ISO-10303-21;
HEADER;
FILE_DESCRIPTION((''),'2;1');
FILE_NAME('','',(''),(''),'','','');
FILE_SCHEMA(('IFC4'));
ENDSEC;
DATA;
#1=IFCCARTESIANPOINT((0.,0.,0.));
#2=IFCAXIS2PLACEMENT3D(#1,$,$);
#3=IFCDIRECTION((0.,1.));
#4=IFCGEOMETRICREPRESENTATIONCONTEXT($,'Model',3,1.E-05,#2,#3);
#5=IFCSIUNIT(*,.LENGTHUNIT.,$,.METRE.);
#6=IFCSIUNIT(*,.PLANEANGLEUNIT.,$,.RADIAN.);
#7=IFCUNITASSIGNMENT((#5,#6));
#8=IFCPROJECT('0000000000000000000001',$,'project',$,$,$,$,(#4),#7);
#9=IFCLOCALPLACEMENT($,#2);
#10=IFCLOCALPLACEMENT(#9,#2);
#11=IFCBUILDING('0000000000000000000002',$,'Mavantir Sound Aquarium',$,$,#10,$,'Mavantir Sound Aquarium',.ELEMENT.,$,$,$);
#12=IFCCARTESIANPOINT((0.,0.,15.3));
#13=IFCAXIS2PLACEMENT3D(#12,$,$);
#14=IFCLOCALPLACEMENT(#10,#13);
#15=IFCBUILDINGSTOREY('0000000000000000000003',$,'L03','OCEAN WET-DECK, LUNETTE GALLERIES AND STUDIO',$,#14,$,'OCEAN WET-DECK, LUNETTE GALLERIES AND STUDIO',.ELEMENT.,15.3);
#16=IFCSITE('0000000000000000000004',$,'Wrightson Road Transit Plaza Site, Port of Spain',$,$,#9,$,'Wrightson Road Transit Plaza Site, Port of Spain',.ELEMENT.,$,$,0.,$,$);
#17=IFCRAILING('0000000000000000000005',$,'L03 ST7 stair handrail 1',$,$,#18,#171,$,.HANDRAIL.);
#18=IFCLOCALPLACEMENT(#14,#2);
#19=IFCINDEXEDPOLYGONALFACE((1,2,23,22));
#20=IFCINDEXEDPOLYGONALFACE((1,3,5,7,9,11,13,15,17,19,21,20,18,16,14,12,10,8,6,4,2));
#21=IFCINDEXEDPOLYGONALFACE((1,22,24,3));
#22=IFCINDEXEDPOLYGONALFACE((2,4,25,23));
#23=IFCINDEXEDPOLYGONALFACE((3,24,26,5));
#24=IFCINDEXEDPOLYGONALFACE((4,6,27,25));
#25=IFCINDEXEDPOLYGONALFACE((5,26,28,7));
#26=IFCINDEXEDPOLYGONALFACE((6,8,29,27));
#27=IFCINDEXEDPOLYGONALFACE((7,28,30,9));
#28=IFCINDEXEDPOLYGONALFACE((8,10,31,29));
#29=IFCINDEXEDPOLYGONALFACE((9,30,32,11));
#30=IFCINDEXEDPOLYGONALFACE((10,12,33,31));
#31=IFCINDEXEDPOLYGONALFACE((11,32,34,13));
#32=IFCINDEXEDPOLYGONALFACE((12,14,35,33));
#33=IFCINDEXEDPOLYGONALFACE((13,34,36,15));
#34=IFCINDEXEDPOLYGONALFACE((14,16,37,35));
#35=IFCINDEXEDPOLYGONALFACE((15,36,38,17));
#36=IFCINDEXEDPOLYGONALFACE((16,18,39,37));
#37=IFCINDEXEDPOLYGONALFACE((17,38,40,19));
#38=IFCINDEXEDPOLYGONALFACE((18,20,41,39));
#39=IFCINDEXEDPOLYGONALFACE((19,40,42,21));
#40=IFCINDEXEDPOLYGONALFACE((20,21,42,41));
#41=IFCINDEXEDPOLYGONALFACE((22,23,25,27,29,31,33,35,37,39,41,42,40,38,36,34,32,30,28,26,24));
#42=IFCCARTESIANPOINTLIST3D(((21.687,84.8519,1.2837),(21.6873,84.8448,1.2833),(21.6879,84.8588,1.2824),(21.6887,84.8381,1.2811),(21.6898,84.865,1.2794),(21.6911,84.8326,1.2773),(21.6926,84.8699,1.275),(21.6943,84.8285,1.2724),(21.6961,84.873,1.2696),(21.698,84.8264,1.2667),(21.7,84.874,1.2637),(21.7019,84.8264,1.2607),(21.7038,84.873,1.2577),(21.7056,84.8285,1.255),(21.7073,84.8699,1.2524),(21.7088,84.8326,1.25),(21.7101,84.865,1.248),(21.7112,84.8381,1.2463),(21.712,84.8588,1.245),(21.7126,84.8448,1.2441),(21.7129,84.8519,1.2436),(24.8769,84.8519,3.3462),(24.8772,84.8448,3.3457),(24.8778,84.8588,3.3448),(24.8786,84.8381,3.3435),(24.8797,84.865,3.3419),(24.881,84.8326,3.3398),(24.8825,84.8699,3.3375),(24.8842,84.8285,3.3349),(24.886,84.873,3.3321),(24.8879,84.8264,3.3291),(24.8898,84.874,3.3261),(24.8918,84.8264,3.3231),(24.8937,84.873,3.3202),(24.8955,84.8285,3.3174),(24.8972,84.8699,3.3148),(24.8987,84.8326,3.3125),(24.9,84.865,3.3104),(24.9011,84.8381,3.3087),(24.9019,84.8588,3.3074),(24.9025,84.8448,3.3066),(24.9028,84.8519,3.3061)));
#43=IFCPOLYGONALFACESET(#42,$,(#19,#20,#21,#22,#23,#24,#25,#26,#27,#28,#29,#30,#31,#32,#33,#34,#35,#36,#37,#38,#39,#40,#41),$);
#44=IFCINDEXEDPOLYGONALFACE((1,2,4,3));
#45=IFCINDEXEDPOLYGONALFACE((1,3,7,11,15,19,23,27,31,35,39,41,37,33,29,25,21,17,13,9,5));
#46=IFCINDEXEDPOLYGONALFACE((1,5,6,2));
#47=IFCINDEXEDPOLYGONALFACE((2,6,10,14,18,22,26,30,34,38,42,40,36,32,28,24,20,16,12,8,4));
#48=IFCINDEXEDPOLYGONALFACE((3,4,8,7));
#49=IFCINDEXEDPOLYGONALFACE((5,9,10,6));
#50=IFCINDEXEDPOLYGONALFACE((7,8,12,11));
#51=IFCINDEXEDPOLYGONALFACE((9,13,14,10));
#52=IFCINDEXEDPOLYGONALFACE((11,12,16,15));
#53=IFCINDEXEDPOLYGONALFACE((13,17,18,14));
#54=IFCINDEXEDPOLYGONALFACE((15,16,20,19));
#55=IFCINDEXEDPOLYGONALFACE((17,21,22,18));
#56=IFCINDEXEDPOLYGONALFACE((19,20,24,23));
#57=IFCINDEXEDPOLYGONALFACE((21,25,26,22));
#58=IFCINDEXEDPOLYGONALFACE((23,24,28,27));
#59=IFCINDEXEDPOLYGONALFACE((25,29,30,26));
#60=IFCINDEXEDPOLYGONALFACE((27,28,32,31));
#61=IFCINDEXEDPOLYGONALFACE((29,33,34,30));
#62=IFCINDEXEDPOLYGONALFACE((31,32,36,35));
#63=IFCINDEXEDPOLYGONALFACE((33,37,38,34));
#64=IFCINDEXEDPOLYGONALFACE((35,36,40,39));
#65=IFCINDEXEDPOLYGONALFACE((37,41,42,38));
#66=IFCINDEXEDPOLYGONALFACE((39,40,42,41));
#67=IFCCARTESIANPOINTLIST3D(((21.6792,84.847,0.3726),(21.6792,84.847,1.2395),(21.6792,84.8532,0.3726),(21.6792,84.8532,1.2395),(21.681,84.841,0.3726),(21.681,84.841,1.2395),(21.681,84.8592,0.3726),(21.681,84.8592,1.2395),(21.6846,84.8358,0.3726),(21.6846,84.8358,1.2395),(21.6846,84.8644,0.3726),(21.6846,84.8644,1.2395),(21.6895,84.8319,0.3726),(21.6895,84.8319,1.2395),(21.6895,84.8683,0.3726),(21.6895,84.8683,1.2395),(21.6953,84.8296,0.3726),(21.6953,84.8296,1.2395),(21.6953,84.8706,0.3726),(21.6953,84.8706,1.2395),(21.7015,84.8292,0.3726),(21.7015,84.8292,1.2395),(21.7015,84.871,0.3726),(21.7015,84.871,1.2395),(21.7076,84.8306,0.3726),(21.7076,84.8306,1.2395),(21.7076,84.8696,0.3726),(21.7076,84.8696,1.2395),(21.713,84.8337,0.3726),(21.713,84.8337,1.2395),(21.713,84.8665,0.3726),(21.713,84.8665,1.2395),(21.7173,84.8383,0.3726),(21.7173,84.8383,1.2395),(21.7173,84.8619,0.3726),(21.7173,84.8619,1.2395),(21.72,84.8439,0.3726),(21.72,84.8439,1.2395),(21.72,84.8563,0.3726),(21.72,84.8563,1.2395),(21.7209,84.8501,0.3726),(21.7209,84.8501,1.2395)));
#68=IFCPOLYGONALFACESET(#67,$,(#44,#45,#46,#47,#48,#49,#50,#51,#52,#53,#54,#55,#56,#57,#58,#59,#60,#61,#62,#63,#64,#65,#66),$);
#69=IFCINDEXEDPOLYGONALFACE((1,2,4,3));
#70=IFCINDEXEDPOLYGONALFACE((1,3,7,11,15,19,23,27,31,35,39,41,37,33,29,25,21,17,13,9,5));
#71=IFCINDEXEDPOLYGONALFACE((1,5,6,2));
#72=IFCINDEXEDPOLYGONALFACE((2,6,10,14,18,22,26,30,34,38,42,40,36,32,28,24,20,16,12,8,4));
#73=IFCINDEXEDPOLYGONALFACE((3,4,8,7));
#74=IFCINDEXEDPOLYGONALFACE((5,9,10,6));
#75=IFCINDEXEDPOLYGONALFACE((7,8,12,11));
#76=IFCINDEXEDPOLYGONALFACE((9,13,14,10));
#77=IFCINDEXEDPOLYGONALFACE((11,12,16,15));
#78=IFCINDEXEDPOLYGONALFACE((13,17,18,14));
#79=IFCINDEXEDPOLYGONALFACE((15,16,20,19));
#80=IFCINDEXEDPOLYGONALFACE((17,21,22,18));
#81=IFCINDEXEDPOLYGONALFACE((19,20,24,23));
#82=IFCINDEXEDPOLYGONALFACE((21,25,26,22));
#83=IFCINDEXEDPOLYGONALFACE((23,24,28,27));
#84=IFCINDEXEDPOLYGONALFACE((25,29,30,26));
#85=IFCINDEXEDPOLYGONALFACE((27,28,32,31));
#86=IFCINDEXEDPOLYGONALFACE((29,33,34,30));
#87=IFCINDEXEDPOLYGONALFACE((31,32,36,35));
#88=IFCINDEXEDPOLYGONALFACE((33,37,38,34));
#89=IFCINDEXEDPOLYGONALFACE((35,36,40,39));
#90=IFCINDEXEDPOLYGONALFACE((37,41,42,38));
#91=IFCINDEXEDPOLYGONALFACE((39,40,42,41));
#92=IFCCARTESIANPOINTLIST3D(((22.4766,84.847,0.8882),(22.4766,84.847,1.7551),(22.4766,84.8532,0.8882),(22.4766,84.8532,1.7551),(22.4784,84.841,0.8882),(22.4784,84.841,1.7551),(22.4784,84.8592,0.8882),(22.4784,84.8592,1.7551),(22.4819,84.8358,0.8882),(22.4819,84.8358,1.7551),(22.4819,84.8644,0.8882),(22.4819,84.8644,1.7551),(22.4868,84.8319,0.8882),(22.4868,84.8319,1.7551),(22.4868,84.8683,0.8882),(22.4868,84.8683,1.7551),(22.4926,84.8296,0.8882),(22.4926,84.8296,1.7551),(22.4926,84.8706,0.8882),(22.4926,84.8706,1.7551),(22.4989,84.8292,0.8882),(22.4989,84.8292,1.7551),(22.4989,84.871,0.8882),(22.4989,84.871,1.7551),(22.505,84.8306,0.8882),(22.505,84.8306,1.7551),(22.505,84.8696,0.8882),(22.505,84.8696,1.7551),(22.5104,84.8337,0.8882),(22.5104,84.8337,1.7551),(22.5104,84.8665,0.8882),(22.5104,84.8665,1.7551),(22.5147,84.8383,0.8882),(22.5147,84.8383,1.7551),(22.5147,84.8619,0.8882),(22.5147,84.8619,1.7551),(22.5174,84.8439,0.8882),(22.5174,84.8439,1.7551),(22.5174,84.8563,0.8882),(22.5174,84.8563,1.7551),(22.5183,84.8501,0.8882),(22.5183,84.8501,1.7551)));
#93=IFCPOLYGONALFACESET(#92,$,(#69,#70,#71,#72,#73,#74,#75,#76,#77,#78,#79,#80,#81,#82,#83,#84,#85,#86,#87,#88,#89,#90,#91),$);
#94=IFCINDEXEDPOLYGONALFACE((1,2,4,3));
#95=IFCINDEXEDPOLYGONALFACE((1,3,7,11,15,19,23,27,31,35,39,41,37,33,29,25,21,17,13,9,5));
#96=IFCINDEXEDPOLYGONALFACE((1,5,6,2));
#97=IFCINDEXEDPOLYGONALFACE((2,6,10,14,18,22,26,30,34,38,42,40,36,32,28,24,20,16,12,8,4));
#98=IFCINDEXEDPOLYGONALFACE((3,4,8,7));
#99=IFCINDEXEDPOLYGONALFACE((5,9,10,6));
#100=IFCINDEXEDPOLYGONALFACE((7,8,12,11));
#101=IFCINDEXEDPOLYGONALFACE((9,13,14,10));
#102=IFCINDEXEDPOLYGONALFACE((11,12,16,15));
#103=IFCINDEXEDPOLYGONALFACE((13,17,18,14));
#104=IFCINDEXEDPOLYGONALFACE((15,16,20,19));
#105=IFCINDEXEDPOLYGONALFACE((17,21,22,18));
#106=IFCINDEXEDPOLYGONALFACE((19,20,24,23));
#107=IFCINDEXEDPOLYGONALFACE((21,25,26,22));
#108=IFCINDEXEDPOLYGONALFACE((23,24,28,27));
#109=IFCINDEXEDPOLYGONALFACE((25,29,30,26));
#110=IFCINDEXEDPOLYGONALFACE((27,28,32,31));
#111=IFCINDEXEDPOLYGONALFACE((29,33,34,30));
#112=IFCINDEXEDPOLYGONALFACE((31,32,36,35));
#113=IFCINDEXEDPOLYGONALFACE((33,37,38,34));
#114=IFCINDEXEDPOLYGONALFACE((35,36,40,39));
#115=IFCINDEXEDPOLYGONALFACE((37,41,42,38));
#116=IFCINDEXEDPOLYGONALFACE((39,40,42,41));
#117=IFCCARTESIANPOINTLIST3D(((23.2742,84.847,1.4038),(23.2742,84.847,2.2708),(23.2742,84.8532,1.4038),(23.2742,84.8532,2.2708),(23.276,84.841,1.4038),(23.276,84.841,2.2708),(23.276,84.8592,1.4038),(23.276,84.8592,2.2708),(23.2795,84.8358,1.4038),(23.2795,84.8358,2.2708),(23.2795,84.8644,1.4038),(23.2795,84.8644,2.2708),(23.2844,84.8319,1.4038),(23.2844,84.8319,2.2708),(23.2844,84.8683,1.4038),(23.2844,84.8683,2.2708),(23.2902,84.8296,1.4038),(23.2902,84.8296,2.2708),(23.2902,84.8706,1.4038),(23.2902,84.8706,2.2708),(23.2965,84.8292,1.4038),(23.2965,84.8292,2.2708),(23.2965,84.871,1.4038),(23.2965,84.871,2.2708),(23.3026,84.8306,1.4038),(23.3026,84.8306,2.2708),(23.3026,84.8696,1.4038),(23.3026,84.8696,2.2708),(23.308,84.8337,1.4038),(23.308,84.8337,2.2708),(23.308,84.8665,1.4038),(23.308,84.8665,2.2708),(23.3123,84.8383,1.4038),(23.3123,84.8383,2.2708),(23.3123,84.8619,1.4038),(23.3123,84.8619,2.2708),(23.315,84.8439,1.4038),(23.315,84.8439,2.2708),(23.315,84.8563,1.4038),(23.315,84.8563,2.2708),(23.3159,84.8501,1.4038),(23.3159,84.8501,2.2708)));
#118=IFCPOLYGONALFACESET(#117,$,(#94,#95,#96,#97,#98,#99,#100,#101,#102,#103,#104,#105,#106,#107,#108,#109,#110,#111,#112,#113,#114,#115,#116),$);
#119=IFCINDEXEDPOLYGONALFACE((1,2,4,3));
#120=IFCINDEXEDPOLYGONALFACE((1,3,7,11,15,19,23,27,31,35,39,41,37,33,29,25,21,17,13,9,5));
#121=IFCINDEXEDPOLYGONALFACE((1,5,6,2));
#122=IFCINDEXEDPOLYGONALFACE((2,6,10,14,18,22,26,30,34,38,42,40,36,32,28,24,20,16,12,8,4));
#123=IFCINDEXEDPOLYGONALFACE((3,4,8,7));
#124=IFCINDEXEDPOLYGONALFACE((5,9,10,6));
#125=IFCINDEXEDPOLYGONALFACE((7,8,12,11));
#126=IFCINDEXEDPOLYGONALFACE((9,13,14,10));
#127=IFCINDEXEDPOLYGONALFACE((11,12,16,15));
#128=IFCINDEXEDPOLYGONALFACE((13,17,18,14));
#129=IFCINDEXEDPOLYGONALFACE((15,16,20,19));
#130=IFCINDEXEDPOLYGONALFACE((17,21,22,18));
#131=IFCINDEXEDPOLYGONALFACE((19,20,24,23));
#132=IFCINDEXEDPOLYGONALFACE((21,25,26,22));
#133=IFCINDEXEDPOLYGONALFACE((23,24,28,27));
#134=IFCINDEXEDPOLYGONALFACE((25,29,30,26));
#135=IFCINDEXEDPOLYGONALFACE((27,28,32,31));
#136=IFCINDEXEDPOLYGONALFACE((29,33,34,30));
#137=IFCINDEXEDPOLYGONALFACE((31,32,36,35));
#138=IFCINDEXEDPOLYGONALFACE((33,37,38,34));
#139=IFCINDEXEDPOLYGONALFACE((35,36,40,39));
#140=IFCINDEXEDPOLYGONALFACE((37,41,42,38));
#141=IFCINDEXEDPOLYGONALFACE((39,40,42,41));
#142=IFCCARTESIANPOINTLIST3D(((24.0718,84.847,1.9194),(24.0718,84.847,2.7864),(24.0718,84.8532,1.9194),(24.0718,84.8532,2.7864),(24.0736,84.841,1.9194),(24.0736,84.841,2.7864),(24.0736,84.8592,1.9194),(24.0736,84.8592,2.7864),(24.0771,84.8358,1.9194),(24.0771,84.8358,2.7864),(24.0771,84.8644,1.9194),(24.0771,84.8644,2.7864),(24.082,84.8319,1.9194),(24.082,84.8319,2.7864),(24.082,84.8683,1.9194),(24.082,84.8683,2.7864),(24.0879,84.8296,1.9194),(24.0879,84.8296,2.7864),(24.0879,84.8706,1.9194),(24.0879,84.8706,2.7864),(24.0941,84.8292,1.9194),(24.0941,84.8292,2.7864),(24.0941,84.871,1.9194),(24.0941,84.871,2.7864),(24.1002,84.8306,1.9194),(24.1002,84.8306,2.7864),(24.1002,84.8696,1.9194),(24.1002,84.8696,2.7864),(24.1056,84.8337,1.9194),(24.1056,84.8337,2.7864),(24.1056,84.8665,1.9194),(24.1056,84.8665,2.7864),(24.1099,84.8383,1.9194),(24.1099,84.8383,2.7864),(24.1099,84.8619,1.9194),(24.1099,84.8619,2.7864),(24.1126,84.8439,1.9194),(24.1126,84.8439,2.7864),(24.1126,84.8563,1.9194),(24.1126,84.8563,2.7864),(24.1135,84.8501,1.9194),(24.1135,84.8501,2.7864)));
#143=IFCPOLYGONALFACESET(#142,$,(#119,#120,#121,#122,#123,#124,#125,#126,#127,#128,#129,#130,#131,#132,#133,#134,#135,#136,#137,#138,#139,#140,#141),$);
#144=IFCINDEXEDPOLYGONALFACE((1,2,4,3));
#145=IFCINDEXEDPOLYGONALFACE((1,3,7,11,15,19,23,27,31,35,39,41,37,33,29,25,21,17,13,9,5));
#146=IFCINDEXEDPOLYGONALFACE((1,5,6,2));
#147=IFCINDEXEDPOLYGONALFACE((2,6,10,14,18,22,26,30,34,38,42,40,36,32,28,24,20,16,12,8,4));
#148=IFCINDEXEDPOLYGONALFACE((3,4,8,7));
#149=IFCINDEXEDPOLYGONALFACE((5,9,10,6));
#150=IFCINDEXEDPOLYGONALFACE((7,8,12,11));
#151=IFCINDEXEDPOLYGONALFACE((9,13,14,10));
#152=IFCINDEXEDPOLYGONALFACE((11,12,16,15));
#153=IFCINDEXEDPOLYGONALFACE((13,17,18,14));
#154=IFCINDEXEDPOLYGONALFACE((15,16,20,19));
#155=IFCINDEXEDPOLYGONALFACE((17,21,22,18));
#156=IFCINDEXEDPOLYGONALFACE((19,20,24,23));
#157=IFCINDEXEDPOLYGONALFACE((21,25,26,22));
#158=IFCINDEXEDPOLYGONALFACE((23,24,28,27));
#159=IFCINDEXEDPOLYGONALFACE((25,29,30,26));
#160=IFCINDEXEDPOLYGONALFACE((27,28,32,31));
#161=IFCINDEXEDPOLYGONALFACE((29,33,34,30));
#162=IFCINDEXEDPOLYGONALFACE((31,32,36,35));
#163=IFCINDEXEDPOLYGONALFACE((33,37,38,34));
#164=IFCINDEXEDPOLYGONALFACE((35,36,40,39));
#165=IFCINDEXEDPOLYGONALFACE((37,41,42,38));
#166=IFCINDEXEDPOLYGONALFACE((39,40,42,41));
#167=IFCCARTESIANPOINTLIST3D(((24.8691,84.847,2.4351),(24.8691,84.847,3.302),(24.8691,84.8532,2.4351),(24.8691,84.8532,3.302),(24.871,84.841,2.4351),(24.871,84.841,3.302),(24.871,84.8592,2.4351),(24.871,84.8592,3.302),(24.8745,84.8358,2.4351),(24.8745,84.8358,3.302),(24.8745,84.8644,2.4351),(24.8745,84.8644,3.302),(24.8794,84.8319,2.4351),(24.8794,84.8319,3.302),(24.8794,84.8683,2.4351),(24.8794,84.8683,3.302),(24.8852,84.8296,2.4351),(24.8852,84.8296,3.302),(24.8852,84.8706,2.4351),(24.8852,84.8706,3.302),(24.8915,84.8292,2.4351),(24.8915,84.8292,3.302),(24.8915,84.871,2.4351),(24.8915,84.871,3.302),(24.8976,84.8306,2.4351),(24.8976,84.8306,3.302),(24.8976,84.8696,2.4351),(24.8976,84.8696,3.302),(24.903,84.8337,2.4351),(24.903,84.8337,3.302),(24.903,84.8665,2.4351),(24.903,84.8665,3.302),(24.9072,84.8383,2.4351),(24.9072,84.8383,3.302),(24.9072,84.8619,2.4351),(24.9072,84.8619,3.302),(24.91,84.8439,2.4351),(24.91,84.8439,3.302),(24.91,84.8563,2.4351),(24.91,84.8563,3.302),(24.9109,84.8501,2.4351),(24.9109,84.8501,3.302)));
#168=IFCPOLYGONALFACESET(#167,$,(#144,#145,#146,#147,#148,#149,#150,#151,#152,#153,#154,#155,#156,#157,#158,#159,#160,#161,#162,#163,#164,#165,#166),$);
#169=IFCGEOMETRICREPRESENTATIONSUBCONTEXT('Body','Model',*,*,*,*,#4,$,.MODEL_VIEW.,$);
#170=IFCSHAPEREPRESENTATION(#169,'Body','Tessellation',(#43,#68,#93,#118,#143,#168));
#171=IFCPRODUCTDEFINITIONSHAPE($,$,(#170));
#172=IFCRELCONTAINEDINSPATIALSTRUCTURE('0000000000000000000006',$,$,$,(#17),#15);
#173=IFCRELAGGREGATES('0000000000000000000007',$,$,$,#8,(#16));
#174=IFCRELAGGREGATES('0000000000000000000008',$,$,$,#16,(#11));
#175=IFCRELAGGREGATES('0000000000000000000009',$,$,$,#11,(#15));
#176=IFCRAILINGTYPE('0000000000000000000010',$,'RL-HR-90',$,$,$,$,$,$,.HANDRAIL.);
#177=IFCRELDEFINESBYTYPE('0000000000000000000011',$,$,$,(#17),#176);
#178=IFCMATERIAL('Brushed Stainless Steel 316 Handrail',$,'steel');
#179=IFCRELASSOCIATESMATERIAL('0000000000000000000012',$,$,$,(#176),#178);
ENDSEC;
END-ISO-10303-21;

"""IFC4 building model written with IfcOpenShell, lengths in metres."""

from ifc_helpers import new_model, si_unit, direction, frame, origin, origin_2d, place, context, subcontext, project, spatial, circle, extrude, material, type_object, element, save


model = new_model("IFC4")

# Units and contexts
model_context = context("Model", 3, precision=1e-05, world=origin(), true_north=direction((0.0, 1.0)))
body_context = subcontext(model_context, "Body", "Model", "MODEL_VIEW")
ifc_project = project(units=[si_unit("LENGTHUNIT", "METRE"), si_unit("PLANEANGLEUNIT", "RADIAN")], contexts=[model_context])

# Site, building, storey
site_placement = place(None, origin())
site = spatial("IfcSite", under=ifc_project, at=site_placement, Name="Wrightson Road Transit Plaza Site, Port of Spain", LongName="Wrightson Road Transit Plaza Site, Port of Spain", CompositionType="ELEMENT", RefElevation=0.0)
building_placement = place(site_placement, origin())
building = spatial("IfcBuilding", under=site, at=building_placement, Name="Mavantir Sound Aquarium", LongName="Mavantir Sound Aquarium", CompositionType="ELEMENT")
storey_placement = place(building_placement, frame((0.0, 0.0, 15.3)))
storey = spatial("IfcBuildingStorey", under=building, at=storey_placement, Name="L03", Description="OCEAN WET-DECK, LUNETTE GALLERIES AND STUDIO", LongName="OCEAN WET-DECK, LUNETTE GALLERIES AND STUDIO", CompositionType="ELEMENT", Elevation=15.3)

# Railing
ifc_material_1 = material(Name="Brushed Stainless Steel 316 Handrail", Category="steel")
railing_type_1 = type_object("IfcRailingType", Name="RL-HR-90", PredefinedType="HANDRAIL", material=ifc_material_1)
railing_1_placement = place(storey_placement, frame((21.7, 84.8501, 0.3726)))
element("IfcRailing", 1, at=railing_1_placement, inside=storey, type_object=railing_type_1, Name="L03 ST7 stair handrail 1", PredefinedType="HANDRAIL", context=body_context, shape_type="SweptSolid", body=[
    extrude(circle(Radius=0.0239, at=origin_2d()), frame((0.0, 0.0, 0.8911), z_axis=(0.83976, 0.0, 0.542958), x_axis=(0.0, 1.0, 0.0)), (0.0, 0.0, 1.0), 3.7986),
    extrude(circle(Radius=0.021, at=origin_2d()), origin(), (0.0, 0.0, 1.0), 0.8669),
    extrude(circle(Radius=0.021, at=origin_2d()), frame((0.7974, 0.0, 0.5156)), (0.0, 0.0, 1.0), 0.8669),
    extrude(circle(Radius=0.021, at=origin_2d()), frame((1.595, 0.0, 1.0312)), (0.0, 0.0, 1.0), 0.8669),
    extrude(circle(Radius=0.021, at=origin_2d()), frame((2.3926, 0.0, 1.5469)), (0.0, 0.0, 1.0), 0.8669),
    extrude(circle(Radius=0.021, at=origin_2d()), frame((3.1899, 0.0, 2.0625)), (0.0, 0.0, 1.0), 0.8669),
])

save(model, "model.ifc")
